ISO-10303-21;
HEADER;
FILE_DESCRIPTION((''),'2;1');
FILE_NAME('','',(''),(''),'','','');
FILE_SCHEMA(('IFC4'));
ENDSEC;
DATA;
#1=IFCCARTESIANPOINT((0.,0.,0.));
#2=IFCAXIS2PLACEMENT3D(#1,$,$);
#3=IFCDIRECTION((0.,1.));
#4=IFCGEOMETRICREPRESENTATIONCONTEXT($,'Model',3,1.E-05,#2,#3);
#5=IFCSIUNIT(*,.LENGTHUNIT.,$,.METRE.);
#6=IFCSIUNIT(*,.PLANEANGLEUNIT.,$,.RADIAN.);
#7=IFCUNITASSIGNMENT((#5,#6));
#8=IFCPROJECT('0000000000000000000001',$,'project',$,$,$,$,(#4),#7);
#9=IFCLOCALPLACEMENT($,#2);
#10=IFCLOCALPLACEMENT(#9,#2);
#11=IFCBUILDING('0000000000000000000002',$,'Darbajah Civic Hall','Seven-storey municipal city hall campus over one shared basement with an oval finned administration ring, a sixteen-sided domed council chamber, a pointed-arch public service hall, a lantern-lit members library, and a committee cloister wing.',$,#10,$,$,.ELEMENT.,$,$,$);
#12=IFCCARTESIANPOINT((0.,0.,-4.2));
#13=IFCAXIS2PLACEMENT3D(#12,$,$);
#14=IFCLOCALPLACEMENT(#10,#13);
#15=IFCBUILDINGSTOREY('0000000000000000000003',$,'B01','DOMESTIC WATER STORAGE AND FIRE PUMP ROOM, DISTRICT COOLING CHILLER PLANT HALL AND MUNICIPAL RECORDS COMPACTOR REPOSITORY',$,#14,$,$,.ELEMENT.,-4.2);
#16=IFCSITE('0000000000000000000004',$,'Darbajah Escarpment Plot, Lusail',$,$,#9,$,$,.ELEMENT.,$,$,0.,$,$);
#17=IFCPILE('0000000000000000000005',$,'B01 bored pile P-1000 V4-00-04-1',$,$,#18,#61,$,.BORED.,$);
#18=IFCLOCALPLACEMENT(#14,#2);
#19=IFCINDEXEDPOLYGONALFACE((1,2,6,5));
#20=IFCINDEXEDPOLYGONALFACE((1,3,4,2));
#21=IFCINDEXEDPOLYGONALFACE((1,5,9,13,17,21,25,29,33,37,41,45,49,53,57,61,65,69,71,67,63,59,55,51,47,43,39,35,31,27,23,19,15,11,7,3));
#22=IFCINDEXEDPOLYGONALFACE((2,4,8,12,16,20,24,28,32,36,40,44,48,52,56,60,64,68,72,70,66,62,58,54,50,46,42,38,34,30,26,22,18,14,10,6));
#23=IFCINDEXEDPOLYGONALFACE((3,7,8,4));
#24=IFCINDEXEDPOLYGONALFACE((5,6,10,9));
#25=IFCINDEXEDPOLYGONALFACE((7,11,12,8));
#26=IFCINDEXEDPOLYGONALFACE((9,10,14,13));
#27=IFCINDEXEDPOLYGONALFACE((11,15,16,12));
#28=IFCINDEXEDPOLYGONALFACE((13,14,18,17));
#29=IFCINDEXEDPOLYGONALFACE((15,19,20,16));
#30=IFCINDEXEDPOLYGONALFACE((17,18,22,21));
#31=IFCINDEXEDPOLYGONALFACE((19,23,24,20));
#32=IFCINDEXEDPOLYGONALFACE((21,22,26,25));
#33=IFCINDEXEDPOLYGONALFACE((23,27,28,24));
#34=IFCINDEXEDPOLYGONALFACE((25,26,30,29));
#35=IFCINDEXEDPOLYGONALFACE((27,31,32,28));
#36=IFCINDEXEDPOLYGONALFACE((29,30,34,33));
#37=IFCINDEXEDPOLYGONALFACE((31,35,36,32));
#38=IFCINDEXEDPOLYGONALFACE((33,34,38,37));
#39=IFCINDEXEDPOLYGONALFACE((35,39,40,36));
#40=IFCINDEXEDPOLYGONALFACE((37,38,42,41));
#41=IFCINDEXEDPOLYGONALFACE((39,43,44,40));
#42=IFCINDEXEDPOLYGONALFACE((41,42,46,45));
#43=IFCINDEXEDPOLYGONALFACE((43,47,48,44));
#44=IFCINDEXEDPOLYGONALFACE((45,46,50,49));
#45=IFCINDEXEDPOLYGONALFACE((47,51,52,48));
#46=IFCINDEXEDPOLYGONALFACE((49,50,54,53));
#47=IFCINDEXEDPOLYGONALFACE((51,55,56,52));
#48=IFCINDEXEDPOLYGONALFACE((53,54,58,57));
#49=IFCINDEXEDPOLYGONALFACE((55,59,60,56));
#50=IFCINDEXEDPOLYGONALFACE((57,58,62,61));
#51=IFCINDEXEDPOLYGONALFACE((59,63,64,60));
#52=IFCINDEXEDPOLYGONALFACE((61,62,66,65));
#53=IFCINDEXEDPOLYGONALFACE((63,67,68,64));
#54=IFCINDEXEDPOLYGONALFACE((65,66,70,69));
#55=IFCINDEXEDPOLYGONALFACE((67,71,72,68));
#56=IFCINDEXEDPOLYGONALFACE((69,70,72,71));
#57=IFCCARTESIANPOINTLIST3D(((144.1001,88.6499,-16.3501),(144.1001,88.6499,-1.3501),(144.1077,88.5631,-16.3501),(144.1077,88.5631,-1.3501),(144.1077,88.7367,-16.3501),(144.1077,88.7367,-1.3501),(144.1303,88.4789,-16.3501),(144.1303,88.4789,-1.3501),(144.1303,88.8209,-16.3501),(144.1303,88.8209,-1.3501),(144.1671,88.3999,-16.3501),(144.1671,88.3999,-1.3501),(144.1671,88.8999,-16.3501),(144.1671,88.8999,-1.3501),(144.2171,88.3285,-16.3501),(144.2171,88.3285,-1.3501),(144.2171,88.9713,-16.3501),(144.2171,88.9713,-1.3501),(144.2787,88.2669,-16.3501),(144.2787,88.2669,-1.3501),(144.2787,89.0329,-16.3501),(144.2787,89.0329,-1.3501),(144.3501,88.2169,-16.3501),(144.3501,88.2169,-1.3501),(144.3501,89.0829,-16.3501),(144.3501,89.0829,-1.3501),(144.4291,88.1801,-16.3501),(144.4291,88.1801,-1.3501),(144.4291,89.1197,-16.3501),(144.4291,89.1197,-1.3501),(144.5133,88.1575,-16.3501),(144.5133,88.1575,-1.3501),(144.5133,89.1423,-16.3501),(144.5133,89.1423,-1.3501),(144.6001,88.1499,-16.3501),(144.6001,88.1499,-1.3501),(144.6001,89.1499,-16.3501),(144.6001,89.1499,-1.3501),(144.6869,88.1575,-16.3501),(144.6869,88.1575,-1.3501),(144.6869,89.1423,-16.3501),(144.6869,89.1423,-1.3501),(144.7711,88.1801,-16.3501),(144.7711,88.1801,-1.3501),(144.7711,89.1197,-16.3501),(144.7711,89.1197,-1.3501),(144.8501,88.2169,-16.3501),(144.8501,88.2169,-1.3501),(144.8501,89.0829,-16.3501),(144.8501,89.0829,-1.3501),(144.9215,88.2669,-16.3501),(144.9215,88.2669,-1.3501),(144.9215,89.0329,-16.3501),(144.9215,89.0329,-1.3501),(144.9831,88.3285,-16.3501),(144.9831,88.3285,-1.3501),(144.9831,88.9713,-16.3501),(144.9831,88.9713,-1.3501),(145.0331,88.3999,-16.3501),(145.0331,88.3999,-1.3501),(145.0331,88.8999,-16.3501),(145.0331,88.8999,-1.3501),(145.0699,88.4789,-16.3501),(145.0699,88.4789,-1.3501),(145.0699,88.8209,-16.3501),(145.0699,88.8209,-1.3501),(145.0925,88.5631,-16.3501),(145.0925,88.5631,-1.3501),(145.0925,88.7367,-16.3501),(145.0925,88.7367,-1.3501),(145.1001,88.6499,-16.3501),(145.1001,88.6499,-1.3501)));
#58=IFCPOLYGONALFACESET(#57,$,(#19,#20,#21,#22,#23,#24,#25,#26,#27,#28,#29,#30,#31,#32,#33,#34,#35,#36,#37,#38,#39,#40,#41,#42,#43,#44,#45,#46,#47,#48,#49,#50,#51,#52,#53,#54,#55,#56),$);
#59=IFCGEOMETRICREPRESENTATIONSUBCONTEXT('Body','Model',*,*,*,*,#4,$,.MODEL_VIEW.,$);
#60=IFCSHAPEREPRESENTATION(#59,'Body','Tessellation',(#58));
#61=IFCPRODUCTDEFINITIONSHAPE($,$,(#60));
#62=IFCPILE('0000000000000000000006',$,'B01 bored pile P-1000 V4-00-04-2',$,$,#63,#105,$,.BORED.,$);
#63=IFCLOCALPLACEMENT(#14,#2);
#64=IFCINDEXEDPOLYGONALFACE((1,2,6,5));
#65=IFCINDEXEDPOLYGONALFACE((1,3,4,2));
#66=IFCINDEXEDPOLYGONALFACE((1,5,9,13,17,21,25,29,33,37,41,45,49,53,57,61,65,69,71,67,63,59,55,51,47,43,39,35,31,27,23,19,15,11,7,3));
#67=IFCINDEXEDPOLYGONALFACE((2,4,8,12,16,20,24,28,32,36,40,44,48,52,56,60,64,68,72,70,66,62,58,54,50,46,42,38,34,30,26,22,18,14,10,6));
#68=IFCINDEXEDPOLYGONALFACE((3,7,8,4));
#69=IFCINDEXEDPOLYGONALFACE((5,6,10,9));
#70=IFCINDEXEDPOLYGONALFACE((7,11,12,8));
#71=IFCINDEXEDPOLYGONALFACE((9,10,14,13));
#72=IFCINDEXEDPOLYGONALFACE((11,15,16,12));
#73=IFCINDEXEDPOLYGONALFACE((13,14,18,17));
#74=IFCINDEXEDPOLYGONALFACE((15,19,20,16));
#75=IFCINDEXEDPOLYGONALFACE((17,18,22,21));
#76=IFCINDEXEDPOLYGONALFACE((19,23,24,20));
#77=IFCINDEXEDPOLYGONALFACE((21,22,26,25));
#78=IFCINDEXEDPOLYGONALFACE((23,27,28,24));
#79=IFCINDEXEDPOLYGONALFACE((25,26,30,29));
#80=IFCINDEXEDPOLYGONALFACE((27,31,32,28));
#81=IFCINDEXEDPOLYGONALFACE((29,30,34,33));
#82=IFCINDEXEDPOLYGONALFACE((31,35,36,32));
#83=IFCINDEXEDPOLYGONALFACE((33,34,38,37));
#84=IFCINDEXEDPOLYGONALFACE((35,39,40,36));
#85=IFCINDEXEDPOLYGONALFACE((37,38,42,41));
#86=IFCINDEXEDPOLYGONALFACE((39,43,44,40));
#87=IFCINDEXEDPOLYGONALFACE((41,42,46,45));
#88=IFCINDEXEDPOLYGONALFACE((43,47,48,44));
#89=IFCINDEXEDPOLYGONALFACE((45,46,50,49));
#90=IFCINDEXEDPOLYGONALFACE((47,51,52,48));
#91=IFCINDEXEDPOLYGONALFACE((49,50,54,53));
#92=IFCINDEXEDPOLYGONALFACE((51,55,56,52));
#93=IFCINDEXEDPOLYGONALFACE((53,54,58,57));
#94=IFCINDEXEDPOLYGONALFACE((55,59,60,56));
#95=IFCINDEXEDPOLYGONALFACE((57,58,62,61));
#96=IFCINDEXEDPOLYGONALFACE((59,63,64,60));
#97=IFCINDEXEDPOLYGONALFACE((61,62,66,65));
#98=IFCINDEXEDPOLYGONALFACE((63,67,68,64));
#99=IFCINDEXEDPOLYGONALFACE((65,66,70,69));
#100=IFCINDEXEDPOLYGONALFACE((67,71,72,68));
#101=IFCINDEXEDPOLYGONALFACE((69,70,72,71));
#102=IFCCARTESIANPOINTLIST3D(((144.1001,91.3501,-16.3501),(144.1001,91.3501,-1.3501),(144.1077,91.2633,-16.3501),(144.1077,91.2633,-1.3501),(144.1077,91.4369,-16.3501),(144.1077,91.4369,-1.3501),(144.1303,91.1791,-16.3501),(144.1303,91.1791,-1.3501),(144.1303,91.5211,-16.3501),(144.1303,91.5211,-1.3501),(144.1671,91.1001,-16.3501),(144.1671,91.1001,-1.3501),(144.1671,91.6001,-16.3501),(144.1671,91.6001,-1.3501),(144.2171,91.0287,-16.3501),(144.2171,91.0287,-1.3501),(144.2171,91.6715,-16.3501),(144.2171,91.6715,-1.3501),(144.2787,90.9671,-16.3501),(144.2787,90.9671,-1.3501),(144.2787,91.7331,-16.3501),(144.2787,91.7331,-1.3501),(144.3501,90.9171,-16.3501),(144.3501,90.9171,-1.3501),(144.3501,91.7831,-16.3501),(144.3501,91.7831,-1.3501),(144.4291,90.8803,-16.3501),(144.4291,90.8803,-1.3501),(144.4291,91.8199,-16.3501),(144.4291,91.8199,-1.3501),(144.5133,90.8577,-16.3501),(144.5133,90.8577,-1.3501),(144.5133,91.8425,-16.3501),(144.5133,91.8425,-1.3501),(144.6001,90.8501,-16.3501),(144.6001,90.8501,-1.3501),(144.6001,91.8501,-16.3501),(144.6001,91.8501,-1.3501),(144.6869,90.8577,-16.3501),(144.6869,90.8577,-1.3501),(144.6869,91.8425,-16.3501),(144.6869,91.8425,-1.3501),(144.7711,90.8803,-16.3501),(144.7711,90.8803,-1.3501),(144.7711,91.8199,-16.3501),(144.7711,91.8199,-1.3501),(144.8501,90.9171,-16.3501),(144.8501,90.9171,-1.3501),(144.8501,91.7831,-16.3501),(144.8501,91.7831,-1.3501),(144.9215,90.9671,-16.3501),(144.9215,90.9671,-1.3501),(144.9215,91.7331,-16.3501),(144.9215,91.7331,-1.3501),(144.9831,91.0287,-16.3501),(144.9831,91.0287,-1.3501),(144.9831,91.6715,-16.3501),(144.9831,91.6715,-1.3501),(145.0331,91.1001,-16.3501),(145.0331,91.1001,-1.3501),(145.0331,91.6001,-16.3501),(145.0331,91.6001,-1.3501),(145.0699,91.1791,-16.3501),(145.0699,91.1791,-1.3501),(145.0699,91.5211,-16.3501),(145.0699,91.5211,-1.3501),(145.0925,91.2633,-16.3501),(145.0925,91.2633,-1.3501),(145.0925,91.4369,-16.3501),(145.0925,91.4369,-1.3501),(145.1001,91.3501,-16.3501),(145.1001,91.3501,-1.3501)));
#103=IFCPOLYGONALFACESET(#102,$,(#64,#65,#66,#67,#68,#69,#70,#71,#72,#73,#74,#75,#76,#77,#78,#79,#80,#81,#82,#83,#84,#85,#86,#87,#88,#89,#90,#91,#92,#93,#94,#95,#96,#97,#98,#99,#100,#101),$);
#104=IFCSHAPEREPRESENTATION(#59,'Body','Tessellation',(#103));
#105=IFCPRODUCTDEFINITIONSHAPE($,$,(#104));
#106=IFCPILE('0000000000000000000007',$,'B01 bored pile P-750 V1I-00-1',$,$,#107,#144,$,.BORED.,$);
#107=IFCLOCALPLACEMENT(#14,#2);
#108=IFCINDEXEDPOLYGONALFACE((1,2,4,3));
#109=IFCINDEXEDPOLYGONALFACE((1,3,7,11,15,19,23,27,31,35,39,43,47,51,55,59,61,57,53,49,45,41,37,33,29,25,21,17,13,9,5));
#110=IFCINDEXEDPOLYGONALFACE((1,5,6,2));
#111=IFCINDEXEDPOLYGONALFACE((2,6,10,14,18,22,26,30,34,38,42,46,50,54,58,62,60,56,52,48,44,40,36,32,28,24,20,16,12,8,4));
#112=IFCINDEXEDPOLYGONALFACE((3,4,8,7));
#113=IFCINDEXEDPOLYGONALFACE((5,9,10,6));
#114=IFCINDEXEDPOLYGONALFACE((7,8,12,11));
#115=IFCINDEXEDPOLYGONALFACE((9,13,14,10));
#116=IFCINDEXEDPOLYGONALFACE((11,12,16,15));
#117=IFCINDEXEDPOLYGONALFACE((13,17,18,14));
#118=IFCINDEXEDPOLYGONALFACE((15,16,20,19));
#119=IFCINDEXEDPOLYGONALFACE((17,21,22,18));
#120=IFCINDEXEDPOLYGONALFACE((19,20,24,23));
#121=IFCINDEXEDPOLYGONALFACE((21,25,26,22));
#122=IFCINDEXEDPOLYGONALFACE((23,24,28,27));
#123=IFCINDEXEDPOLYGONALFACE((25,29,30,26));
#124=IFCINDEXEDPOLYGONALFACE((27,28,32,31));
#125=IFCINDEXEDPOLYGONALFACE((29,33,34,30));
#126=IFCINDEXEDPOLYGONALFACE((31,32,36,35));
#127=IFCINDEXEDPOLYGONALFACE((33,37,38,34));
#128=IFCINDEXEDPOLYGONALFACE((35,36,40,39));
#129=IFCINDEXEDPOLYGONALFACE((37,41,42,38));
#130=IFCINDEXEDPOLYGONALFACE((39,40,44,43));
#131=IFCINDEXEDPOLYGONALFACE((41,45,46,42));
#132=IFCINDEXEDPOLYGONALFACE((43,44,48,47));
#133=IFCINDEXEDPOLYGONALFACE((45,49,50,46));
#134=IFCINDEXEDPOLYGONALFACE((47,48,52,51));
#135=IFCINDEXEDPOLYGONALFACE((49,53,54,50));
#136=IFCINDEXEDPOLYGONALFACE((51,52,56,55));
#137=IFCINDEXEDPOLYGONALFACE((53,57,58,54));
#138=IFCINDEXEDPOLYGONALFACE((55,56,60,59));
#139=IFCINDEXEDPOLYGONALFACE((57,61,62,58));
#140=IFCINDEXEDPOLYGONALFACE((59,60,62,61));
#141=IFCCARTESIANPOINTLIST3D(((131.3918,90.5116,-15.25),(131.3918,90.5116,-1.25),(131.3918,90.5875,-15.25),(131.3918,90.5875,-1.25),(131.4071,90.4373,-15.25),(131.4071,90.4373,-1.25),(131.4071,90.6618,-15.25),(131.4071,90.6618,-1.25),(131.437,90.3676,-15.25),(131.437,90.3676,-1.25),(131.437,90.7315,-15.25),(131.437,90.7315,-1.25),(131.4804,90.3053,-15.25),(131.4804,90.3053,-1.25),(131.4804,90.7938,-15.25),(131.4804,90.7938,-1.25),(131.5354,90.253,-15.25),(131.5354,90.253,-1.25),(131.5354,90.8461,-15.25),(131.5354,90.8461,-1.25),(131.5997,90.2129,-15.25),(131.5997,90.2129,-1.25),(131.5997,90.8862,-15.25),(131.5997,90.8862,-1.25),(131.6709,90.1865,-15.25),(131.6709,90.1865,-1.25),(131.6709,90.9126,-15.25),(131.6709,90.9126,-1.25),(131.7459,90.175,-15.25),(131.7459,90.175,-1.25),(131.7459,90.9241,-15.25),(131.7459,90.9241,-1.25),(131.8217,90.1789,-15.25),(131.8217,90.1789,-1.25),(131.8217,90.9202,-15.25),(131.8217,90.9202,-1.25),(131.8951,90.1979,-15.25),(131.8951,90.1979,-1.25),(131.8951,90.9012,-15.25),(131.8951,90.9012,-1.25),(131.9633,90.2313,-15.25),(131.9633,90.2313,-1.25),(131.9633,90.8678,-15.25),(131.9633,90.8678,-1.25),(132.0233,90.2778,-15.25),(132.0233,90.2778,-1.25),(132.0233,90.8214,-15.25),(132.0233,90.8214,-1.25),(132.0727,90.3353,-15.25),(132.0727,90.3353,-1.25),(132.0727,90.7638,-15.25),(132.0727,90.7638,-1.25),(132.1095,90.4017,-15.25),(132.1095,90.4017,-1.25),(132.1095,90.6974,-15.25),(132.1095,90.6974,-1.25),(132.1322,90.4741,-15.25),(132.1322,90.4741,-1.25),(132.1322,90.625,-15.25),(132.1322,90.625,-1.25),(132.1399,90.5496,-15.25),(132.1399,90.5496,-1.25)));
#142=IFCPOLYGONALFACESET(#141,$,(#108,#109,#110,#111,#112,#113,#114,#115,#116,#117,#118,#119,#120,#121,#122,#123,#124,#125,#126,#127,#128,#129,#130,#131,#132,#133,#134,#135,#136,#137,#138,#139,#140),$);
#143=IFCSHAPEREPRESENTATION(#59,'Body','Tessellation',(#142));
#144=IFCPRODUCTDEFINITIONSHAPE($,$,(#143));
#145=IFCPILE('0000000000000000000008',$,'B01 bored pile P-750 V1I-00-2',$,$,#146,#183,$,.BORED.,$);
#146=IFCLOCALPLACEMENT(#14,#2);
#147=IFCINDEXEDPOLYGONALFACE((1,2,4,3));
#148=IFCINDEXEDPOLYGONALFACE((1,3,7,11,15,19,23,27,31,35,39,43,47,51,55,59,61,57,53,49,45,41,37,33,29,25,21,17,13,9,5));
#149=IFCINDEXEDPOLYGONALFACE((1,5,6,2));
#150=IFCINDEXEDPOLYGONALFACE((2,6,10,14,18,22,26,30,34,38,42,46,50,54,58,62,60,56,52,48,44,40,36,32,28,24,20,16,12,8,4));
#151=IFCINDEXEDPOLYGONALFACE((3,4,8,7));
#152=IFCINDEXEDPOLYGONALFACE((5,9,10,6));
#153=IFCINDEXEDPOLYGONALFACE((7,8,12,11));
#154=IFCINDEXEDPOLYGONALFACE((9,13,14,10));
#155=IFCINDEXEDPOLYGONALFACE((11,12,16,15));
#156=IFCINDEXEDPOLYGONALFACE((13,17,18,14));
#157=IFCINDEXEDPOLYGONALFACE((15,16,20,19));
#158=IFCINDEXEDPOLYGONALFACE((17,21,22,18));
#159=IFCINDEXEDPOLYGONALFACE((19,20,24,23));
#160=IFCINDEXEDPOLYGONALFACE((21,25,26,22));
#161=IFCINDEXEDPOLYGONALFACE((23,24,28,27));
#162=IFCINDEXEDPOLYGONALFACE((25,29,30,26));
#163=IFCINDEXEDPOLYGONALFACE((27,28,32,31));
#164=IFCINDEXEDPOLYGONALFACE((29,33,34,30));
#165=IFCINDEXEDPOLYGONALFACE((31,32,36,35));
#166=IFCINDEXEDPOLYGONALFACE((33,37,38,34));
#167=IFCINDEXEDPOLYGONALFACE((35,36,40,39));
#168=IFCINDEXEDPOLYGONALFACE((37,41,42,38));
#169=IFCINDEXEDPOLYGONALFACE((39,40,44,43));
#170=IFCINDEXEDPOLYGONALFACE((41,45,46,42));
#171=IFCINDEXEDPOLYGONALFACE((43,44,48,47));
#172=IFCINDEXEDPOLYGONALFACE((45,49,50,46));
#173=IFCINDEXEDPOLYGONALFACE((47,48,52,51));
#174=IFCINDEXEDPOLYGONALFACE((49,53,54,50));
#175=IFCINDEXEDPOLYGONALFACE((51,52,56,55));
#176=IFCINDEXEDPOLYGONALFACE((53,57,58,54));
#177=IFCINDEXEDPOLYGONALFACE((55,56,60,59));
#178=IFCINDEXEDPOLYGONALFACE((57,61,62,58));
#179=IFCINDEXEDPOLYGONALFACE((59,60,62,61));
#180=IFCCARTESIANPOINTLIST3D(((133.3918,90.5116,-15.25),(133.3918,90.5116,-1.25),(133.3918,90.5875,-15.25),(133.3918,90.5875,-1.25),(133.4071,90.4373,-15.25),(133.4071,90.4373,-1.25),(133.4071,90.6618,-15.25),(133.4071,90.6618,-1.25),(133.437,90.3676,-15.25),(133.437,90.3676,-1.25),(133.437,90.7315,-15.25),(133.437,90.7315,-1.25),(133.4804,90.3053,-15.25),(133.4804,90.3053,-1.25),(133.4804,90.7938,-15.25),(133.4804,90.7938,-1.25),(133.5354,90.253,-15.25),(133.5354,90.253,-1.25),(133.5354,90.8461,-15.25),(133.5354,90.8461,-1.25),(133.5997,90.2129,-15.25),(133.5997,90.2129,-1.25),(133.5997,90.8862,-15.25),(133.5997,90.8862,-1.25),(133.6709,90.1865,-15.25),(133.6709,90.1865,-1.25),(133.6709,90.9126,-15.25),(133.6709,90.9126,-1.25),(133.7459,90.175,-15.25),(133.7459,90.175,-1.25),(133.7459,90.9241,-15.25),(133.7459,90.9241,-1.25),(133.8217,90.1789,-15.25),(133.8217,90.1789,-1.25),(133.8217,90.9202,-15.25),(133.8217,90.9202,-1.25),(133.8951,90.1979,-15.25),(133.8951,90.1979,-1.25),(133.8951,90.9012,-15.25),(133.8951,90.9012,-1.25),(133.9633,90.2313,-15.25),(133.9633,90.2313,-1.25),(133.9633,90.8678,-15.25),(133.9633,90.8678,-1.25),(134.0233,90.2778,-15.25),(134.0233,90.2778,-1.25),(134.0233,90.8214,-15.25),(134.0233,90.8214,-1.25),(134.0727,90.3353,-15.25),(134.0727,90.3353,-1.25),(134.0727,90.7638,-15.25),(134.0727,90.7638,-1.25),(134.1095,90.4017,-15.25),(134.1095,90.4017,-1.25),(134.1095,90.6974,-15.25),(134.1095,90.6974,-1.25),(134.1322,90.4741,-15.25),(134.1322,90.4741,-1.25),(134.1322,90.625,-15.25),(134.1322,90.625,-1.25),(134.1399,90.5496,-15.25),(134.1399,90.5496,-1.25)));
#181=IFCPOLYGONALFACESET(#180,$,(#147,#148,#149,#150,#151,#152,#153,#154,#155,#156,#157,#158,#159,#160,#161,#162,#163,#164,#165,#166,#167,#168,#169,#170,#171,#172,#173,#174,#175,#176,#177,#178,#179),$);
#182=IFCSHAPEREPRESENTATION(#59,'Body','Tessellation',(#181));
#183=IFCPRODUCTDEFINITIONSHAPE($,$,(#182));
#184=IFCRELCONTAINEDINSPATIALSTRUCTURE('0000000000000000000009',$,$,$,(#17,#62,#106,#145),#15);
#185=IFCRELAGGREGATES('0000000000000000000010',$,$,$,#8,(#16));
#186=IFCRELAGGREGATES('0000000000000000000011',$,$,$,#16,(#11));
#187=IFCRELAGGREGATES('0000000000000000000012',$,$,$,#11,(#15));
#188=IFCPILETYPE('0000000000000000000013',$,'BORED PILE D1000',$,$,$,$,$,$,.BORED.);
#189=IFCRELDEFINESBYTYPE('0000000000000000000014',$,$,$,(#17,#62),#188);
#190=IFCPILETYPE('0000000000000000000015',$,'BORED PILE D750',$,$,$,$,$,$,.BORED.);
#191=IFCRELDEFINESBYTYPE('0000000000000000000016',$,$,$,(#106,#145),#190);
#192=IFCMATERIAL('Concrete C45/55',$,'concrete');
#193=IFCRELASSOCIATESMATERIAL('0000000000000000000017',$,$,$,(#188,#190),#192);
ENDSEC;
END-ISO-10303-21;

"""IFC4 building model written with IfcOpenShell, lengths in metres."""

from ifc_helpers import new_model, si_unit, direction, frame, origin, origin_2d, place, context, subcontext, project, spatial, circle, extrude, material, material_profile, profile_set, type_object, element, save


model = new_model("IFC4")

# Units and contexts
model_context = context("Model", 3, precision=1e-05, world=origin(), true_north=direction((0.0, 1.0)))
body_context = subcontext(model_context, "Body", "Model", "MODEL_VIEW")
ifc_project = project(units=[si_unit("LENGTHUNIT", "METRE"), si_unit("PLANEANGLEUNIT", "RADIAN")], contexts=[model_context])

# Site, building, storey
site_placement = place(None, origin())
site = spatial("IfcSite", under=ifc_project, at=site_placement, Name="Darbajah Escarpment Plot, Lusail", CompositionType="ELEMENT", RefElevation=0.0)
building_placement = place(site_placement, origin())
building = spatial("IfcBuilding", under=site, at=building_placement, Name="Darbajah Civic Hall", Description="Seven-storey municipal city hall campus over one shared basement with an oval finned administration ring, a sixteen-sided domed council chamber, a pointed-arch public service hall, a lantern-lit members library, and a committee cloister wing.", CompositionType="ELEMENT")
storey_placement = place(building_placement, frame((0.0, 0.0, -4.2)))
storey = spatial("IfcBuildingStorey", under=building, at=storey_placement, Name="B01", Description="DOMESTIC WATER STORAGE AND FIRE PUMP ROOM, DISTRICT COOLING CHILLER PLANT HALL AND MUNICIPAL RECORDS COMPACTOR REPOSITORY", CompositionType="ELEMENT", Elevation=-4.2)

# Piles
ifc_material_1 = material(Name="Concrete C45/55", Category="concrete")
ifc_material_profile_1 = material_profile(ifc_material_1, circle(Radius=0.5, at=origin_2d()), Name="BORED PILE D1000")
ifc_profile_set_1 = profile_set([ifc_material_profile_1], Name="Concrete C45/55")
pile_type_1 = type_object("IfcPileType", Name="BORED PILE D1000", PredefinedType="BORED", material=ifc_profile_set_1)
for number, where, z_axis, x_axis, name in (
    (1, (144.6001, 88.6499, -1.3501), (0.0, 0.0, -1.0), (1.0, 0.0, 0.0), "B01 bored pile P-1000 V4-00-04-1"),
    (2, (144.6001, 91.3501, -1.3501), (0.0, 0.0, -1.0), (1.0, 0.0, 0.0), "B01 bored pile P-1000 V4-00-04-2"),
):
    element("IfcPile", number, at=place(storey_placement, frame(where, z_axis=z_axis, x_axis=x_axis)), inside=storey, type_object=pile_type_1, Name=name, PredefinedType="BORED", context=body_context, shape_type="SweptSolid", body=[
        extrude(circle(Radius=0.5, at=origin_2d()), origin(), (0.0, 0.0, 1.0), 15.0),
    ])
ifc_material_profile_2 = material_profile(ifc_material_1, circle(Radius=0.375, at=origin_2d()), Name="BORED PILE D750")
ifc_profile_set_2 = profile_set([ifc_material_profile_2], Name="Concrete C45/55")
pile_type_2 = type_object("IfcPileType", Name="BORED PILE D750", PredefinedType="BORED", material=ifc_profile_set_2)
for number, where, z_axis, x_axis, name in (
    (3, (131.7649, 90.5496, -1.25), (0.0, 0.0, -1.0), (1.0, 0.0, 0.0), "B01 bored pile P-750 V1I-00-1"),
    (4, (133.7649, 90.5496, -1.25), (0.0, 0.0, -1.0), (1.0, 0.0, 0.0), "B01 bored pile P-750 V1I-00-2"),
):
    element("IfcPile", number, at=place(storey_placement, frame(where, z_axis=z_axis, x_axis=x_axis)), inside=storey, type_object=pile_type_2, Name=name, PredefinedType="BORED", context=body_context, shape_type="SweptSolid", body=[
        extrude(circle(Radius=0.375, at=origin_2d()), origin(), (0.0, 0.0, 1.0), 14.0),
    ])

save(model, "model.ifc")
